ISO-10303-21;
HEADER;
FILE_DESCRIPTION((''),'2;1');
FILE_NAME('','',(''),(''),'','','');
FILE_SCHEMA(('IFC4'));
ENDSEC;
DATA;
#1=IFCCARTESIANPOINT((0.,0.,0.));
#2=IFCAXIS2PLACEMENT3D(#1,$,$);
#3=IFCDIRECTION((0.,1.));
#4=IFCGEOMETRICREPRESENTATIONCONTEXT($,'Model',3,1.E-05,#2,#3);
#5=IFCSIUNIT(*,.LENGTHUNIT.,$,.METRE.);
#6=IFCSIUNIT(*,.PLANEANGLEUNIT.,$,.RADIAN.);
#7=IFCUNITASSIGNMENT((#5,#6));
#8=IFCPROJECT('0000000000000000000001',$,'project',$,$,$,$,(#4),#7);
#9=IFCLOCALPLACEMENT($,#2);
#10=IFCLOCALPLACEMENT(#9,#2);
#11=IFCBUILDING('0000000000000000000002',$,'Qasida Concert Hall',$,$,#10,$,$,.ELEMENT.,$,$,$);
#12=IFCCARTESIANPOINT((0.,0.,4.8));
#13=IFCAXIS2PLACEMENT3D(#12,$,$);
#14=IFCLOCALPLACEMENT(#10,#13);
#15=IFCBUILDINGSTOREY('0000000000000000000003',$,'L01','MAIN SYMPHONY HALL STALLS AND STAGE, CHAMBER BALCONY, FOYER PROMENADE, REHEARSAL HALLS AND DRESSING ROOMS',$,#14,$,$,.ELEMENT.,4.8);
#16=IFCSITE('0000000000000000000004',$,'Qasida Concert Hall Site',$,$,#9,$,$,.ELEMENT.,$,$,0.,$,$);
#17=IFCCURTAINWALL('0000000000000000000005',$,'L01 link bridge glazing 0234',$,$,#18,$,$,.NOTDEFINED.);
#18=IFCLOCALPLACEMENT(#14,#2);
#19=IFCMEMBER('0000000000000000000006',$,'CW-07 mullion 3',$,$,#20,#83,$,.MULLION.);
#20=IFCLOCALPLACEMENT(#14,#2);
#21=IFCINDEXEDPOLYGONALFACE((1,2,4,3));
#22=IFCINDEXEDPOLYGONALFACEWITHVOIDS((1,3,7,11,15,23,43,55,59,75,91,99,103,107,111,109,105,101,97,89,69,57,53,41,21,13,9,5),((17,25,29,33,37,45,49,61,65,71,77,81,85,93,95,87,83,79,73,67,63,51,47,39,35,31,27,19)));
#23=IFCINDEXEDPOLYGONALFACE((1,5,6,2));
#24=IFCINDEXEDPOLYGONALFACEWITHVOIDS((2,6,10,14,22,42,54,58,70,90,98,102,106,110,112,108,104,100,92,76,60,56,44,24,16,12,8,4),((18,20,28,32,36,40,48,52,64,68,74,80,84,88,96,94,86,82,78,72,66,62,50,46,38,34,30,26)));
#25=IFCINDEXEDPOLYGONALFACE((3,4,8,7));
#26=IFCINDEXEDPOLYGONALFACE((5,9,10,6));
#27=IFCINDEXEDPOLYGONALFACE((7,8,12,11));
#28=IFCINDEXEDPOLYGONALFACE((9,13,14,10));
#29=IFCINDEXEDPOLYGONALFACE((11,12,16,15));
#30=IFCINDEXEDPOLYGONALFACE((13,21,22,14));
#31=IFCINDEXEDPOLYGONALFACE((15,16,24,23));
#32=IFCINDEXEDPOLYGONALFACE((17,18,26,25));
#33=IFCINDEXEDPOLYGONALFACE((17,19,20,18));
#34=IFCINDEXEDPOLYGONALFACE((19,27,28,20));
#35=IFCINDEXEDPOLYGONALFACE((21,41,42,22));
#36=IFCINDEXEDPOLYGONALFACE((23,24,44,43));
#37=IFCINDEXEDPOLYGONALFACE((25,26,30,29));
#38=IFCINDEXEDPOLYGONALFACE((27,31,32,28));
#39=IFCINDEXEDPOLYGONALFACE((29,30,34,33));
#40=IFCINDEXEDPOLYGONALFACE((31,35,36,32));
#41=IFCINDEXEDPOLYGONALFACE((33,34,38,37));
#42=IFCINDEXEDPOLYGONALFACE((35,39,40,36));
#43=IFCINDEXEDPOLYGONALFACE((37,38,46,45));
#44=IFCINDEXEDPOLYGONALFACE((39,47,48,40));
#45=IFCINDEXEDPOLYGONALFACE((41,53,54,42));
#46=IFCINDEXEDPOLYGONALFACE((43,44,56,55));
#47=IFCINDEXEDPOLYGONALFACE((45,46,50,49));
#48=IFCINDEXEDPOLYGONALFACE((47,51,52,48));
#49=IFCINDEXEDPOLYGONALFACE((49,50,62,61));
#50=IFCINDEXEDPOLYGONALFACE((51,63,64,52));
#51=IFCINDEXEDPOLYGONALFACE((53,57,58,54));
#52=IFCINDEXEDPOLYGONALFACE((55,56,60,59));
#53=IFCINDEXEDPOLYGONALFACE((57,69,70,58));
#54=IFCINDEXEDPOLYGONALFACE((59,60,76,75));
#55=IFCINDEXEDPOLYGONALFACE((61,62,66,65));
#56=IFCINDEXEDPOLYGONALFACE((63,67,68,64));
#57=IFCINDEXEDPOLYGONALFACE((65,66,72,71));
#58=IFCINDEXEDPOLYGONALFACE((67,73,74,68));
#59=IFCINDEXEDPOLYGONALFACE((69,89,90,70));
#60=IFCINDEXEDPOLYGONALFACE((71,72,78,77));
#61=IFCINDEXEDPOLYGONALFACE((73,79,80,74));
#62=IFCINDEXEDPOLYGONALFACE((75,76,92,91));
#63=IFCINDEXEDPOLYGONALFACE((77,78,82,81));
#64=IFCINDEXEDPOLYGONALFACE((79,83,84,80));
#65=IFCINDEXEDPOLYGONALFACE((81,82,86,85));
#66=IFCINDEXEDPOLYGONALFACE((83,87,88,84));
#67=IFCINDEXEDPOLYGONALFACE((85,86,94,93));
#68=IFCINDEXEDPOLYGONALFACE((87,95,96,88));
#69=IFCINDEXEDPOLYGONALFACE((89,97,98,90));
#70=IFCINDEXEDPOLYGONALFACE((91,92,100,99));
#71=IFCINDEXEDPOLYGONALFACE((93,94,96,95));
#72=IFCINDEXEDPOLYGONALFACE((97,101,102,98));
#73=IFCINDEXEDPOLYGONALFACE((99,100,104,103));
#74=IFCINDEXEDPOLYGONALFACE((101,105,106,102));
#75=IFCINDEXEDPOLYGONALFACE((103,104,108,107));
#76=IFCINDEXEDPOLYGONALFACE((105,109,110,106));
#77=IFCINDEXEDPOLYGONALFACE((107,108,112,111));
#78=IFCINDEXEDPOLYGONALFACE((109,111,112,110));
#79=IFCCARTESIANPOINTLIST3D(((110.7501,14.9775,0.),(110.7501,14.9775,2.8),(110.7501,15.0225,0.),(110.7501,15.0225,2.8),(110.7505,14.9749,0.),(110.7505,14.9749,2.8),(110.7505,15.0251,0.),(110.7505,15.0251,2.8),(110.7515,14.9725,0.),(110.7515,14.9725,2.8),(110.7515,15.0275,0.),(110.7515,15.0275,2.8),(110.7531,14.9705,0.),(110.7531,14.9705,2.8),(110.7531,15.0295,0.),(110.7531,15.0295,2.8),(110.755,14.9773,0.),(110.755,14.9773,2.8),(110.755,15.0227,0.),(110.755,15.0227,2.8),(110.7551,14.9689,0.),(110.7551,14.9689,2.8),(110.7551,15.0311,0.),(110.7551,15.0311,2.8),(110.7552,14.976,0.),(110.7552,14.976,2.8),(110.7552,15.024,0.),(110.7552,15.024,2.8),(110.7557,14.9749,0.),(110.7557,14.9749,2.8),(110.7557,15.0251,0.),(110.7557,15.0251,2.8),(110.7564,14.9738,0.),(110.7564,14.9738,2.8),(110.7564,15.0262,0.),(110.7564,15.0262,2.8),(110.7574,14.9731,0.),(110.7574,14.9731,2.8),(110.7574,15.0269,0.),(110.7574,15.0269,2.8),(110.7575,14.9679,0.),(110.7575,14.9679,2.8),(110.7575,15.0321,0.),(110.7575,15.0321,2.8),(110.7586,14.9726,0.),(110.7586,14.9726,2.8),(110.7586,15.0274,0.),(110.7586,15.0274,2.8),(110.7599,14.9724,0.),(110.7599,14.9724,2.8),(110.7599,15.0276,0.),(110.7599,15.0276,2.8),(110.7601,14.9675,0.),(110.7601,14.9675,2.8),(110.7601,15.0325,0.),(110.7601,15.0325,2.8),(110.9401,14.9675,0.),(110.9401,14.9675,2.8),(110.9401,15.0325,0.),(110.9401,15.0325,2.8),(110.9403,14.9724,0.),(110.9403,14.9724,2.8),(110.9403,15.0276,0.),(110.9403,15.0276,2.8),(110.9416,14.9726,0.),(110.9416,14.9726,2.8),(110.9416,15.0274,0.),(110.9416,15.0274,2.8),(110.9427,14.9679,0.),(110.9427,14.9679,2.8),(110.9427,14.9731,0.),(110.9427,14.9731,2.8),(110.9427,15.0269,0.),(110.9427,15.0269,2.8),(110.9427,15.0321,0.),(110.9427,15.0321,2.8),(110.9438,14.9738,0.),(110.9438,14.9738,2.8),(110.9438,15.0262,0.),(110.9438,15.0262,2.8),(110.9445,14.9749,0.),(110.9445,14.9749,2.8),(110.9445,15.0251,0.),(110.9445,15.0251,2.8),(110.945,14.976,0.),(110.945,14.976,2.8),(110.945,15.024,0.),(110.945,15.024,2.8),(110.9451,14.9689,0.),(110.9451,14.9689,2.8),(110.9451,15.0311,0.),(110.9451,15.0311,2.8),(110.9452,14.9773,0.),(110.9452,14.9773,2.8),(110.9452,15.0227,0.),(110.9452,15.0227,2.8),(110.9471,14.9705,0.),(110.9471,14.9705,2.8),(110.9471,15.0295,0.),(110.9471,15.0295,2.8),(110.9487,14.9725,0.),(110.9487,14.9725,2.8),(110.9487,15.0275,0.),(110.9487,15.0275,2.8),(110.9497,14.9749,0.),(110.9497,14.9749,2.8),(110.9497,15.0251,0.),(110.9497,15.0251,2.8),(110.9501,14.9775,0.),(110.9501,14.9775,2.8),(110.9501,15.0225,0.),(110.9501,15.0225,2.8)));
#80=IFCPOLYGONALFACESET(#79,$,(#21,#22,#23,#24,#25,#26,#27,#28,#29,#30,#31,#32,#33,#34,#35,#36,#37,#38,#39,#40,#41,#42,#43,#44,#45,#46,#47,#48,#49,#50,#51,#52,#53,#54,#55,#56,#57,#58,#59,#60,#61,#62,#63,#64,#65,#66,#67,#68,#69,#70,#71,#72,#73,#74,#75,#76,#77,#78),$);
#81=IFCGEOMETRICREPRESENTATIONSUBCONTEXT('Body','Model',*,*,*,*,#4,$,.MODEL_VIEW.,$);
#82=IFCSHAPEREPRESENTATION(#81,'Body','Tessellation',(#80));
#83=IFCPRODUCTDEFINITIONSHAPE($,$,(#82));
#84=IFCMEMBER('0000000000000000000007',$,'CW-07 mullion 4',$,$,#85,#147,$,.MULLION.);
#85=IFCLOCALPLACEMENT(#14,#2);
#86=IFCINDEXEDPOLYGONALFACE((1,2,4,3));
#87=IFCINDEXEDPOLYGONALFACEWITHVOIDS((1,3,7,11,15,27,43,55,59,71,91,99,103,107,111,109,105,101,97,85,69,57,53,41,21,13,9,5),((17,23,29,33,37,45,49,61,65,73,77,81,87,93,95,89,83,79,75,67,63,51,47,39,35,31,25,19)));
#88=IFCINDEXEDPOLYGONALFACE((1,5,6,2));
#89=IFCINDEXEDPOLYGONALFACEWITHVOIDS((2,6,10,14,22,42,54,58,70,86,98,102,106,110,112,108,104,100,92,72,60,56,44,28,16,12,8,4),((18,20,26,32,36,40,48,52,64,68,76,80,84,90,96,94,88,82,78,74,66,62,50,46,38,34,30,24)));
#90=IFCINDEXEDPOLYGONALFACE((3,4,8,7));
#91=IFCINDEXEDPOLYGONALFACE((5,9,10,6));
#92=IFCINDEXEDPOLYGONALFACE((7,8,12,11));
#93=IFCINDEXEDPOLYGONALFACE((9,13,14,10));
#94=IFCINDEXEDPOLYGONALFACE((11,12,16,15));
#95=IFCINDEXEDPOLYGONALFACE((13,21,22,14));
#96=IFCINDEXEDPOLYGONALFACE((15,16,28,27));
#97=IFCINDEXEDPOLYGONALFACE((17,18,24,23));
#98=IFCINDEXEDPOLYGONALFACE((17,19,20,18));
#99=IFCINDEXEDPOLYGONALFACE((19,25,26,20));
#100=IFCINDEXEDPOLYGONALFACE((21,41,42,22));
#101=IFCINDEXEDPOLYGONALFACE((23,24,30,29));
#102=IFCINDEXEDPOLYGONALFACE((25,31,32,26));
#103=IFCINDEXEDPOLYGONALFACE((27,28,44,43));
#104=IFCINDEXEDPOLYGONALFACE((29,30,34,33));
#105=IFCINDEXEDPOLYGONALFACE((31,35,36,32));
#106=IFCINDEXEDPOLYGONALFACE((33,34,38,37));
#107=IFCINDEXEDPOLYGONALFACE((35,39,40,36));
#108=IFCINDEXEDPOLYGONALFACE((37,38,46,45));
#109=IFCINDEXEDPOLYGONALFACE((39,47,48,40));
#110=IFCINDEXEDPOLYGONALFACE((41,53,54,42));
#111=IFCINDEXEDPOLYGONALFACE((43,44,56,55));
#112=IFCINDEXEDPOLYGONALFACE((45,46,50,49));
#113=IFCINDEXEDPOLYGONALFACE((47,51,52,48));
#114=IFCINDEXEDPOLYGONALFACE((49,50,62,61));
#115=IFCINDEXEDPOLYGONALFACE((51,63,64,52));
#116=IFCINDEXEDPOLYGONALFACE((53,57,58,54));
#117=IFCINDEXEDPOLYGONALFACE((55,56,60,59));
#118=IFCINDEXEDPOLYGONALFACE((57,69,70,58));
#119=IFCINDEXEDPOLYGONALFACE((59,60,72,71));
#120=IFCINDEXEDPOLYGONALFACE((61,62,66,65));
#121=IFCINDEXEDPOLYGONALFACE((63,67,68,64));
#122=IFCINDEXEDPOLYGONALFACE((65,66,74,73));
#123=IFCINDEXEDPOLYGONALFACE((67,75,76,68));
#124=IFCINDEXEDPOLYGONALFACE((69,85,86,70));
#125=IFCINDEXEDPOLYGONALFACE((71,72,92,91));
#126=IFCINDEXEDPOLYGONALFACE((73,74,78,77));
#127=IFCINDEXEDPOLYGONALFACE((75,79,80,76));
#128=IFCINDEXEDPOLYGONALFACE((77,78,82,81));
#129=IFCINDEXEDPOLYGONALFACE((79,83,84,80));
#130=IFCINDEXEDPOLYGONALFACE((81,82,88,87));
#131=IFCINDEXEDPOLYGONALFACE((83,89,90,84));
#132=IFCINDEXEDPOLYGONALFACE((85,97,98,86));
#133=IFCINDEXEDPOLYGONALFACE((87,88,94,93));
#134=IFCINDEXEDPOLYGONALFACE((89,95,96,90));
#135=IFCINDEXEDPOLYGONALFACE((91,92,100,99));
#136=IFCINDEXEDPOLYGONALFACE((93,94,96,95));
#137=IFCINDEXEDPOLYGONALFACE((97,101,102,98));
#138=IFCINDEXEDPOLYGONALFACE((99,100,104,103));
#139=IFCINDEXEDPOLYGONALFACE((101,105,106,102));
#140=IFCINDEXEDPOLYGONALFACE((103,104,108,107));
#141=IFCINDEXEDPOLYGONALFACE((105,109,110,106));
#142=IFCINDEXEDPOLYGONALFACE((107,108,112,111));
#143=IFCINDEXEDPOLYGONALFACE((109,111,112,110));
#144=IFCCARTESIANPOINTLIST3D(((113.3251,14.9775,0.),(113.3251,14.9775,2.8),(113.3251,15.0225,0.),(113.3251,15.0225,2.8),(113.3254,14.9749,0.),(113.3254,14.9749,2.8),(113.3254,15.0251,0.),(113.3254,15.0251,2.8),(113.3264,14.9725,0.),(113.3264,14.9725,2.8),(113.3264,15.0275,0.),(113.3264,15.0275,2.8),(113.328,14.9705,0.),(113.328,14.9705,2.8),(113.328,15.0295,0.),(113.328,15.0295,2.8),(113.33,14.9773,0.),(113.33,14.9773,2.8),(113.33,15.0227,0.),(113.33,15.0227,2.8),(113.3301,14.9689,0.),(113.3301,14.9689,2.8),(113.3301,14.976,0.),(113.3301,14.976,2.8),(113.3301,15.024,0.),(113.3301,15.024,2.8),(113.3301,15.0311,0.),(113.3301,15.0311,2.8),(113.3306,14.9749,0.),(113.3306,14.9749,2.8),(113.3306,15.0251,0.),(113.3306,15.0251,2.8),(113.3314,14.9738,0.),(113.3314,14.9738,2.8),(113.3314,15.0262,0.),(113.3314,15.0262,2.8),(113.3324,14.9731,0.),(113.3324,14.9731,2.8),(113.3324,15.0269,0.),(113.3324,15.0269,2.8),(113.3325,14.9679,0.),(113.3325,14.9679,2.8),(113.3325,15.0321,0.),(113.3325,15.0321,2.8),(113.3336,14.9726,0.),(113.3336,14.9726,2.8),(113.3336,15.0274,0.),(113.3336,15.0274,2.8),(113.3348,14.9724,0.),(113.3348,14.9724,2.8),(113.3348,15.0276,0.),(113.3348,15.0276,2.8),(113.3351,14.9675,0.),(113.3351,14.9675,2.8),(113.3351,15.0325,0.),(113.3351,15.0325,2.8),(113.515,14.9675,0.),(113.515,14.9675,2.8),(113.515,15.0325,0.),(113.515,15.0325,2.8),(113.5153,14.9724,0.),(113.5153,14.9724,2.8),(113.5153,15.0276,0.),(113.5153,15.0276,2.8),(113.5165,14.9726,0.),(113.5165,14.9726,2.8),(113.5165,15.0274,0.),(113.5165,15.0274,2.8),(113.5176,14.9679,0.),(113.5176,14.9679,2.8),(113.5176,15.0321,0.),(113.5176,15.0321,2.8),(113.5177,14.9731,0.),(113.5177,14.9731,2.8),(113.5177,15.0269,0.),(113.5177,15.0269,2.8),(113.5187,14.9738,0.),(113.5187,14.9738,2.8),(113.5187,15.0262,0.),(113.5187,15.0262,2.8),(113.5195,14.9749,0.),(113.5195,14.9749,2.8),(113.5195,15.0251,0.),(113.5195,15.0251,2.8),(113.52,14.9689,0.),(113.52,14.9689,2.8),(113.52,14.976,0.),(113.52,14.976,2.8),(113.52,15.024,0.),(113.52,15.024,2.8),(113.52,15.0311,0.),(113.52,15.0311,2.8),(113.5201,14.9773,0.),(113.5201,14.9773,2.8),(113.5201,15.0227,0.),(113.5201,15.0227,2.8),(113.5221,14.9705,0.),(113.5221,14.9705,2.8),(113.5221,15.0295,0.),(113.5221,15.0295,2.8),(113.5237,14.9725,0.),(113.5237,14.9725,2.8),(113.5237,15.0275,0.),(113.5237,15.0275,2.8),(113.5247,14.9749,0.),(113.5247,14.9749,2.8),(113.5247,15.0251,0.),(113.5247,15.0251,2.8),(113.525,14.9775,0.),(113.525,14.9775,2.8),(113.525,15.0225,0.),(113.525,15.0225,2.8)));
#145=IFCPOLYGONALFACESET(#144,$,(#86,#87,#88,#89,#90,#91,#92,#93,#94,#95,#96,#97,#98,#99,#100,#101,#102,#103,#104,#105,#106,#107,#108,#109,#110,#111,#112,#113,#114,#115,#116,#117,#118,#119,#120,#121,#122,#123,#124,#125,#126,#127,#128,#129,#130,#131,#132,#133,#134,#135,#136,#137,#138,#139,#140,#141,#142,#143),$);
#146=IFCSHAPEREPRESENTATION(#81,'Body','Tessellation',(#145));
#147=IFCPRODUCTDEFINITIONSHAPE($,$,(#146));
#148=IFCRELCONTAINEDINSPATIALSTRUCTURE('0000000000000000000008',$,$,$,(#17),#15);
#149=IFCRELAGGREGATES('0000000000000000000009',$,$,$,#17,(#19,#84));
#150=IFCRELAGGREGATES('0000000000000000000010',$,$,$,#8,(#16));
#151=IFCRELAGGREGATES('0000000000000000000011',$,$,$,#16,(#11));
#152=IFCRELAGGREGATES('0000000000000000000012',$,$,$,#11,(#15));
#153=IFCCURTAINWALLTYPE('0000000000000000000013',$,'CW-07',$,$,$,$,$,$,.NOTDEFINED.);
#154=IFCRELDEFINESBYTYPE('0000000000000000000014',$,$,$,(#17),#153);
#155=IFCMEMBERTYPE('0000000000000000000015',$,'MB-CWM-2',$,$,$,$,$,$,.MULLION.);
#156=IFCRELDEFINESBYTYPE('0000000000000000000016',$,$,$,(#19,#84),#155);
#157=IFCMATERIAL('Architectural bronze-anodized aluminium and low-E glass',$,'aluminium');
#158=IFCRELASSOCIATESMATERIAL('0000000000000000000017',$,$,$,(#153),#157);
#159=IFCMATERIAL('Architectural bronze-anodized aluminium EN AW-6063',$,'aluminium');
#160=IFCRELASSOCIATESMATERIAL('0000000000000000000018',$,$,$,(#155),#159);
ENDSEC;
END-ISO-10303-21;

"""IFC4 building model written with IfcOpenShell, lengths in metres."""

from ifc_helpers import new_model, si_unit, direction, frame, origin, origin_2d, place, context, subcontext, project, spatial, hollow_rectangle, extrude, material, material_profile, profile_set, type_object, element, aggregate, save


model = new_model("IFC4")

# Units and contexts
model_context = context("Model", 3, precision=1e-05, world=origin(), true_north=direction((0.0, 1.0)))
body_context = subcontext(model_context, "Body", "Model", "MODEL_VIEW")
ifc_project = project(units=[si_unit("LENGTHUNIT", "METRE"), si_unit("PLANEANGLEUNIT", "RADIAN")], contexts=[model_context])

# Site, building, storey
site_placement = place(None, origin())
site = spatial("IfcSite", under=ifc_project, at=site_placement, Name="Qasida Concert Hall Site", CompositionType="ELEMENT", RefElevation=0.0)
building_placement = place(site_placement, origin())
building = spatial("IfcBuilding", under=site, at=building_placement, Name="Qasida Concert Hall", CompositionType="ELEMENT")
storey_placement = place(building_placement, frame((0.0, 0.0, 4.8)))
storey = spatial("IfcBuildingStorey", under=building, at=storey_placement, Name="L01", Description="MAIN SYMPHONY HALL STALLS AND STAGE, CHAMBER BALCONY, FOYER PROMENADE, REHEARSAL HALLS AND DRESSING ROOMS", CompositionType="ELEMENT", Elevation=4.8)

# Curtain wall, members
ifc_material_1 = material(Name="Architectural bronze-anodized aluminium and low-E glass", Category="aluminium")
curtain_wall_type = type_object("IfcCurtainWallType", Name="CW-07", PredefinedType="NOTDEFINED", material=ifc_material_1)
curtain_wall_1_placement = place(storey_placement, origin())
curtain_wall_1 = element("IfcCurtainWall", 1, at=curtain_wall_1_placement, inside=storey, type_object=curtain_wall_type, Name="L01 link bridge glazing 0234", PredefinedType="NOTDEFINED")
ifc_material_2 = material(Name="Architectural bronze-anodized aluminium EN AW-6063", Category="aluminium")
ifc_material_profile_1 = material_profile(ifc_material_2, hollow_rectangle(XDim=0.0649, YDim=0.2, WallThickness=0.0049, InnerFilletRadius=0.0049, OuterFilletRadius=0.01, at=origin_2d()), Name="CWM 200x65x5")
ifc_profile_set_1 = profile_set([ifc_material_profile_1], Name="Architectural bronze-anodized aluminium EN AW-6063")
member_type_1 = type_object("IfcMemberType", Name="MB-CWM-2", PredefinedType="MULLION", material=ifc_profile_set_1)
member_1_placement = place(storey_placement, frame((110.8501, 15.0, 0.0), z_axis=(0.0, 0.0, 1.0), x_axis=(0.0, 1.0, 0.0)))
member_1 = element("IfcMember", 2, at=member_1_placement, type_object=member_type_1, Name="CW-07 mullion 3", PredefinedType="MULLION", context=body_context, shape_type="SweptSolid", body=[
    extrude(hollow_rectangle(XDim=0.0649, YDim=0.2, WallThickness=0.0049, InnerFilletRadius=0.0049, OuterFilletRadius=0.01, at=origin_2d()), origin(), (0.0, 0.0, 1.0), 2.8),
])
member_2_placement = place(storey_placement, frame((113.425, 15.0, 0.0), z_axis=(0.0, 0.0, 1.0), x_axis=(0.0, 1.0, 0.0)))
member_2 = element("IfcMember", 3, at=member_2_placement, type_object=member_type_1, Name="CW-07 mullion 4", PredefinedType="MULLION", context=body_context, shape_type="SweptSolid", body=[
    extrude(hollow_rectangle(XDim=0.0649, YDim=0.2, WallThickness=0.0049, InnerFilletRadius=0.0049, OuterFilletRadius=0.01, at=origin_2d()), origin(), (0.0, 0.0, 1.0), 2.8),
])

aggregate(curtain_wall_1, [member_1, member_2])

save(model, "model.ifc")
